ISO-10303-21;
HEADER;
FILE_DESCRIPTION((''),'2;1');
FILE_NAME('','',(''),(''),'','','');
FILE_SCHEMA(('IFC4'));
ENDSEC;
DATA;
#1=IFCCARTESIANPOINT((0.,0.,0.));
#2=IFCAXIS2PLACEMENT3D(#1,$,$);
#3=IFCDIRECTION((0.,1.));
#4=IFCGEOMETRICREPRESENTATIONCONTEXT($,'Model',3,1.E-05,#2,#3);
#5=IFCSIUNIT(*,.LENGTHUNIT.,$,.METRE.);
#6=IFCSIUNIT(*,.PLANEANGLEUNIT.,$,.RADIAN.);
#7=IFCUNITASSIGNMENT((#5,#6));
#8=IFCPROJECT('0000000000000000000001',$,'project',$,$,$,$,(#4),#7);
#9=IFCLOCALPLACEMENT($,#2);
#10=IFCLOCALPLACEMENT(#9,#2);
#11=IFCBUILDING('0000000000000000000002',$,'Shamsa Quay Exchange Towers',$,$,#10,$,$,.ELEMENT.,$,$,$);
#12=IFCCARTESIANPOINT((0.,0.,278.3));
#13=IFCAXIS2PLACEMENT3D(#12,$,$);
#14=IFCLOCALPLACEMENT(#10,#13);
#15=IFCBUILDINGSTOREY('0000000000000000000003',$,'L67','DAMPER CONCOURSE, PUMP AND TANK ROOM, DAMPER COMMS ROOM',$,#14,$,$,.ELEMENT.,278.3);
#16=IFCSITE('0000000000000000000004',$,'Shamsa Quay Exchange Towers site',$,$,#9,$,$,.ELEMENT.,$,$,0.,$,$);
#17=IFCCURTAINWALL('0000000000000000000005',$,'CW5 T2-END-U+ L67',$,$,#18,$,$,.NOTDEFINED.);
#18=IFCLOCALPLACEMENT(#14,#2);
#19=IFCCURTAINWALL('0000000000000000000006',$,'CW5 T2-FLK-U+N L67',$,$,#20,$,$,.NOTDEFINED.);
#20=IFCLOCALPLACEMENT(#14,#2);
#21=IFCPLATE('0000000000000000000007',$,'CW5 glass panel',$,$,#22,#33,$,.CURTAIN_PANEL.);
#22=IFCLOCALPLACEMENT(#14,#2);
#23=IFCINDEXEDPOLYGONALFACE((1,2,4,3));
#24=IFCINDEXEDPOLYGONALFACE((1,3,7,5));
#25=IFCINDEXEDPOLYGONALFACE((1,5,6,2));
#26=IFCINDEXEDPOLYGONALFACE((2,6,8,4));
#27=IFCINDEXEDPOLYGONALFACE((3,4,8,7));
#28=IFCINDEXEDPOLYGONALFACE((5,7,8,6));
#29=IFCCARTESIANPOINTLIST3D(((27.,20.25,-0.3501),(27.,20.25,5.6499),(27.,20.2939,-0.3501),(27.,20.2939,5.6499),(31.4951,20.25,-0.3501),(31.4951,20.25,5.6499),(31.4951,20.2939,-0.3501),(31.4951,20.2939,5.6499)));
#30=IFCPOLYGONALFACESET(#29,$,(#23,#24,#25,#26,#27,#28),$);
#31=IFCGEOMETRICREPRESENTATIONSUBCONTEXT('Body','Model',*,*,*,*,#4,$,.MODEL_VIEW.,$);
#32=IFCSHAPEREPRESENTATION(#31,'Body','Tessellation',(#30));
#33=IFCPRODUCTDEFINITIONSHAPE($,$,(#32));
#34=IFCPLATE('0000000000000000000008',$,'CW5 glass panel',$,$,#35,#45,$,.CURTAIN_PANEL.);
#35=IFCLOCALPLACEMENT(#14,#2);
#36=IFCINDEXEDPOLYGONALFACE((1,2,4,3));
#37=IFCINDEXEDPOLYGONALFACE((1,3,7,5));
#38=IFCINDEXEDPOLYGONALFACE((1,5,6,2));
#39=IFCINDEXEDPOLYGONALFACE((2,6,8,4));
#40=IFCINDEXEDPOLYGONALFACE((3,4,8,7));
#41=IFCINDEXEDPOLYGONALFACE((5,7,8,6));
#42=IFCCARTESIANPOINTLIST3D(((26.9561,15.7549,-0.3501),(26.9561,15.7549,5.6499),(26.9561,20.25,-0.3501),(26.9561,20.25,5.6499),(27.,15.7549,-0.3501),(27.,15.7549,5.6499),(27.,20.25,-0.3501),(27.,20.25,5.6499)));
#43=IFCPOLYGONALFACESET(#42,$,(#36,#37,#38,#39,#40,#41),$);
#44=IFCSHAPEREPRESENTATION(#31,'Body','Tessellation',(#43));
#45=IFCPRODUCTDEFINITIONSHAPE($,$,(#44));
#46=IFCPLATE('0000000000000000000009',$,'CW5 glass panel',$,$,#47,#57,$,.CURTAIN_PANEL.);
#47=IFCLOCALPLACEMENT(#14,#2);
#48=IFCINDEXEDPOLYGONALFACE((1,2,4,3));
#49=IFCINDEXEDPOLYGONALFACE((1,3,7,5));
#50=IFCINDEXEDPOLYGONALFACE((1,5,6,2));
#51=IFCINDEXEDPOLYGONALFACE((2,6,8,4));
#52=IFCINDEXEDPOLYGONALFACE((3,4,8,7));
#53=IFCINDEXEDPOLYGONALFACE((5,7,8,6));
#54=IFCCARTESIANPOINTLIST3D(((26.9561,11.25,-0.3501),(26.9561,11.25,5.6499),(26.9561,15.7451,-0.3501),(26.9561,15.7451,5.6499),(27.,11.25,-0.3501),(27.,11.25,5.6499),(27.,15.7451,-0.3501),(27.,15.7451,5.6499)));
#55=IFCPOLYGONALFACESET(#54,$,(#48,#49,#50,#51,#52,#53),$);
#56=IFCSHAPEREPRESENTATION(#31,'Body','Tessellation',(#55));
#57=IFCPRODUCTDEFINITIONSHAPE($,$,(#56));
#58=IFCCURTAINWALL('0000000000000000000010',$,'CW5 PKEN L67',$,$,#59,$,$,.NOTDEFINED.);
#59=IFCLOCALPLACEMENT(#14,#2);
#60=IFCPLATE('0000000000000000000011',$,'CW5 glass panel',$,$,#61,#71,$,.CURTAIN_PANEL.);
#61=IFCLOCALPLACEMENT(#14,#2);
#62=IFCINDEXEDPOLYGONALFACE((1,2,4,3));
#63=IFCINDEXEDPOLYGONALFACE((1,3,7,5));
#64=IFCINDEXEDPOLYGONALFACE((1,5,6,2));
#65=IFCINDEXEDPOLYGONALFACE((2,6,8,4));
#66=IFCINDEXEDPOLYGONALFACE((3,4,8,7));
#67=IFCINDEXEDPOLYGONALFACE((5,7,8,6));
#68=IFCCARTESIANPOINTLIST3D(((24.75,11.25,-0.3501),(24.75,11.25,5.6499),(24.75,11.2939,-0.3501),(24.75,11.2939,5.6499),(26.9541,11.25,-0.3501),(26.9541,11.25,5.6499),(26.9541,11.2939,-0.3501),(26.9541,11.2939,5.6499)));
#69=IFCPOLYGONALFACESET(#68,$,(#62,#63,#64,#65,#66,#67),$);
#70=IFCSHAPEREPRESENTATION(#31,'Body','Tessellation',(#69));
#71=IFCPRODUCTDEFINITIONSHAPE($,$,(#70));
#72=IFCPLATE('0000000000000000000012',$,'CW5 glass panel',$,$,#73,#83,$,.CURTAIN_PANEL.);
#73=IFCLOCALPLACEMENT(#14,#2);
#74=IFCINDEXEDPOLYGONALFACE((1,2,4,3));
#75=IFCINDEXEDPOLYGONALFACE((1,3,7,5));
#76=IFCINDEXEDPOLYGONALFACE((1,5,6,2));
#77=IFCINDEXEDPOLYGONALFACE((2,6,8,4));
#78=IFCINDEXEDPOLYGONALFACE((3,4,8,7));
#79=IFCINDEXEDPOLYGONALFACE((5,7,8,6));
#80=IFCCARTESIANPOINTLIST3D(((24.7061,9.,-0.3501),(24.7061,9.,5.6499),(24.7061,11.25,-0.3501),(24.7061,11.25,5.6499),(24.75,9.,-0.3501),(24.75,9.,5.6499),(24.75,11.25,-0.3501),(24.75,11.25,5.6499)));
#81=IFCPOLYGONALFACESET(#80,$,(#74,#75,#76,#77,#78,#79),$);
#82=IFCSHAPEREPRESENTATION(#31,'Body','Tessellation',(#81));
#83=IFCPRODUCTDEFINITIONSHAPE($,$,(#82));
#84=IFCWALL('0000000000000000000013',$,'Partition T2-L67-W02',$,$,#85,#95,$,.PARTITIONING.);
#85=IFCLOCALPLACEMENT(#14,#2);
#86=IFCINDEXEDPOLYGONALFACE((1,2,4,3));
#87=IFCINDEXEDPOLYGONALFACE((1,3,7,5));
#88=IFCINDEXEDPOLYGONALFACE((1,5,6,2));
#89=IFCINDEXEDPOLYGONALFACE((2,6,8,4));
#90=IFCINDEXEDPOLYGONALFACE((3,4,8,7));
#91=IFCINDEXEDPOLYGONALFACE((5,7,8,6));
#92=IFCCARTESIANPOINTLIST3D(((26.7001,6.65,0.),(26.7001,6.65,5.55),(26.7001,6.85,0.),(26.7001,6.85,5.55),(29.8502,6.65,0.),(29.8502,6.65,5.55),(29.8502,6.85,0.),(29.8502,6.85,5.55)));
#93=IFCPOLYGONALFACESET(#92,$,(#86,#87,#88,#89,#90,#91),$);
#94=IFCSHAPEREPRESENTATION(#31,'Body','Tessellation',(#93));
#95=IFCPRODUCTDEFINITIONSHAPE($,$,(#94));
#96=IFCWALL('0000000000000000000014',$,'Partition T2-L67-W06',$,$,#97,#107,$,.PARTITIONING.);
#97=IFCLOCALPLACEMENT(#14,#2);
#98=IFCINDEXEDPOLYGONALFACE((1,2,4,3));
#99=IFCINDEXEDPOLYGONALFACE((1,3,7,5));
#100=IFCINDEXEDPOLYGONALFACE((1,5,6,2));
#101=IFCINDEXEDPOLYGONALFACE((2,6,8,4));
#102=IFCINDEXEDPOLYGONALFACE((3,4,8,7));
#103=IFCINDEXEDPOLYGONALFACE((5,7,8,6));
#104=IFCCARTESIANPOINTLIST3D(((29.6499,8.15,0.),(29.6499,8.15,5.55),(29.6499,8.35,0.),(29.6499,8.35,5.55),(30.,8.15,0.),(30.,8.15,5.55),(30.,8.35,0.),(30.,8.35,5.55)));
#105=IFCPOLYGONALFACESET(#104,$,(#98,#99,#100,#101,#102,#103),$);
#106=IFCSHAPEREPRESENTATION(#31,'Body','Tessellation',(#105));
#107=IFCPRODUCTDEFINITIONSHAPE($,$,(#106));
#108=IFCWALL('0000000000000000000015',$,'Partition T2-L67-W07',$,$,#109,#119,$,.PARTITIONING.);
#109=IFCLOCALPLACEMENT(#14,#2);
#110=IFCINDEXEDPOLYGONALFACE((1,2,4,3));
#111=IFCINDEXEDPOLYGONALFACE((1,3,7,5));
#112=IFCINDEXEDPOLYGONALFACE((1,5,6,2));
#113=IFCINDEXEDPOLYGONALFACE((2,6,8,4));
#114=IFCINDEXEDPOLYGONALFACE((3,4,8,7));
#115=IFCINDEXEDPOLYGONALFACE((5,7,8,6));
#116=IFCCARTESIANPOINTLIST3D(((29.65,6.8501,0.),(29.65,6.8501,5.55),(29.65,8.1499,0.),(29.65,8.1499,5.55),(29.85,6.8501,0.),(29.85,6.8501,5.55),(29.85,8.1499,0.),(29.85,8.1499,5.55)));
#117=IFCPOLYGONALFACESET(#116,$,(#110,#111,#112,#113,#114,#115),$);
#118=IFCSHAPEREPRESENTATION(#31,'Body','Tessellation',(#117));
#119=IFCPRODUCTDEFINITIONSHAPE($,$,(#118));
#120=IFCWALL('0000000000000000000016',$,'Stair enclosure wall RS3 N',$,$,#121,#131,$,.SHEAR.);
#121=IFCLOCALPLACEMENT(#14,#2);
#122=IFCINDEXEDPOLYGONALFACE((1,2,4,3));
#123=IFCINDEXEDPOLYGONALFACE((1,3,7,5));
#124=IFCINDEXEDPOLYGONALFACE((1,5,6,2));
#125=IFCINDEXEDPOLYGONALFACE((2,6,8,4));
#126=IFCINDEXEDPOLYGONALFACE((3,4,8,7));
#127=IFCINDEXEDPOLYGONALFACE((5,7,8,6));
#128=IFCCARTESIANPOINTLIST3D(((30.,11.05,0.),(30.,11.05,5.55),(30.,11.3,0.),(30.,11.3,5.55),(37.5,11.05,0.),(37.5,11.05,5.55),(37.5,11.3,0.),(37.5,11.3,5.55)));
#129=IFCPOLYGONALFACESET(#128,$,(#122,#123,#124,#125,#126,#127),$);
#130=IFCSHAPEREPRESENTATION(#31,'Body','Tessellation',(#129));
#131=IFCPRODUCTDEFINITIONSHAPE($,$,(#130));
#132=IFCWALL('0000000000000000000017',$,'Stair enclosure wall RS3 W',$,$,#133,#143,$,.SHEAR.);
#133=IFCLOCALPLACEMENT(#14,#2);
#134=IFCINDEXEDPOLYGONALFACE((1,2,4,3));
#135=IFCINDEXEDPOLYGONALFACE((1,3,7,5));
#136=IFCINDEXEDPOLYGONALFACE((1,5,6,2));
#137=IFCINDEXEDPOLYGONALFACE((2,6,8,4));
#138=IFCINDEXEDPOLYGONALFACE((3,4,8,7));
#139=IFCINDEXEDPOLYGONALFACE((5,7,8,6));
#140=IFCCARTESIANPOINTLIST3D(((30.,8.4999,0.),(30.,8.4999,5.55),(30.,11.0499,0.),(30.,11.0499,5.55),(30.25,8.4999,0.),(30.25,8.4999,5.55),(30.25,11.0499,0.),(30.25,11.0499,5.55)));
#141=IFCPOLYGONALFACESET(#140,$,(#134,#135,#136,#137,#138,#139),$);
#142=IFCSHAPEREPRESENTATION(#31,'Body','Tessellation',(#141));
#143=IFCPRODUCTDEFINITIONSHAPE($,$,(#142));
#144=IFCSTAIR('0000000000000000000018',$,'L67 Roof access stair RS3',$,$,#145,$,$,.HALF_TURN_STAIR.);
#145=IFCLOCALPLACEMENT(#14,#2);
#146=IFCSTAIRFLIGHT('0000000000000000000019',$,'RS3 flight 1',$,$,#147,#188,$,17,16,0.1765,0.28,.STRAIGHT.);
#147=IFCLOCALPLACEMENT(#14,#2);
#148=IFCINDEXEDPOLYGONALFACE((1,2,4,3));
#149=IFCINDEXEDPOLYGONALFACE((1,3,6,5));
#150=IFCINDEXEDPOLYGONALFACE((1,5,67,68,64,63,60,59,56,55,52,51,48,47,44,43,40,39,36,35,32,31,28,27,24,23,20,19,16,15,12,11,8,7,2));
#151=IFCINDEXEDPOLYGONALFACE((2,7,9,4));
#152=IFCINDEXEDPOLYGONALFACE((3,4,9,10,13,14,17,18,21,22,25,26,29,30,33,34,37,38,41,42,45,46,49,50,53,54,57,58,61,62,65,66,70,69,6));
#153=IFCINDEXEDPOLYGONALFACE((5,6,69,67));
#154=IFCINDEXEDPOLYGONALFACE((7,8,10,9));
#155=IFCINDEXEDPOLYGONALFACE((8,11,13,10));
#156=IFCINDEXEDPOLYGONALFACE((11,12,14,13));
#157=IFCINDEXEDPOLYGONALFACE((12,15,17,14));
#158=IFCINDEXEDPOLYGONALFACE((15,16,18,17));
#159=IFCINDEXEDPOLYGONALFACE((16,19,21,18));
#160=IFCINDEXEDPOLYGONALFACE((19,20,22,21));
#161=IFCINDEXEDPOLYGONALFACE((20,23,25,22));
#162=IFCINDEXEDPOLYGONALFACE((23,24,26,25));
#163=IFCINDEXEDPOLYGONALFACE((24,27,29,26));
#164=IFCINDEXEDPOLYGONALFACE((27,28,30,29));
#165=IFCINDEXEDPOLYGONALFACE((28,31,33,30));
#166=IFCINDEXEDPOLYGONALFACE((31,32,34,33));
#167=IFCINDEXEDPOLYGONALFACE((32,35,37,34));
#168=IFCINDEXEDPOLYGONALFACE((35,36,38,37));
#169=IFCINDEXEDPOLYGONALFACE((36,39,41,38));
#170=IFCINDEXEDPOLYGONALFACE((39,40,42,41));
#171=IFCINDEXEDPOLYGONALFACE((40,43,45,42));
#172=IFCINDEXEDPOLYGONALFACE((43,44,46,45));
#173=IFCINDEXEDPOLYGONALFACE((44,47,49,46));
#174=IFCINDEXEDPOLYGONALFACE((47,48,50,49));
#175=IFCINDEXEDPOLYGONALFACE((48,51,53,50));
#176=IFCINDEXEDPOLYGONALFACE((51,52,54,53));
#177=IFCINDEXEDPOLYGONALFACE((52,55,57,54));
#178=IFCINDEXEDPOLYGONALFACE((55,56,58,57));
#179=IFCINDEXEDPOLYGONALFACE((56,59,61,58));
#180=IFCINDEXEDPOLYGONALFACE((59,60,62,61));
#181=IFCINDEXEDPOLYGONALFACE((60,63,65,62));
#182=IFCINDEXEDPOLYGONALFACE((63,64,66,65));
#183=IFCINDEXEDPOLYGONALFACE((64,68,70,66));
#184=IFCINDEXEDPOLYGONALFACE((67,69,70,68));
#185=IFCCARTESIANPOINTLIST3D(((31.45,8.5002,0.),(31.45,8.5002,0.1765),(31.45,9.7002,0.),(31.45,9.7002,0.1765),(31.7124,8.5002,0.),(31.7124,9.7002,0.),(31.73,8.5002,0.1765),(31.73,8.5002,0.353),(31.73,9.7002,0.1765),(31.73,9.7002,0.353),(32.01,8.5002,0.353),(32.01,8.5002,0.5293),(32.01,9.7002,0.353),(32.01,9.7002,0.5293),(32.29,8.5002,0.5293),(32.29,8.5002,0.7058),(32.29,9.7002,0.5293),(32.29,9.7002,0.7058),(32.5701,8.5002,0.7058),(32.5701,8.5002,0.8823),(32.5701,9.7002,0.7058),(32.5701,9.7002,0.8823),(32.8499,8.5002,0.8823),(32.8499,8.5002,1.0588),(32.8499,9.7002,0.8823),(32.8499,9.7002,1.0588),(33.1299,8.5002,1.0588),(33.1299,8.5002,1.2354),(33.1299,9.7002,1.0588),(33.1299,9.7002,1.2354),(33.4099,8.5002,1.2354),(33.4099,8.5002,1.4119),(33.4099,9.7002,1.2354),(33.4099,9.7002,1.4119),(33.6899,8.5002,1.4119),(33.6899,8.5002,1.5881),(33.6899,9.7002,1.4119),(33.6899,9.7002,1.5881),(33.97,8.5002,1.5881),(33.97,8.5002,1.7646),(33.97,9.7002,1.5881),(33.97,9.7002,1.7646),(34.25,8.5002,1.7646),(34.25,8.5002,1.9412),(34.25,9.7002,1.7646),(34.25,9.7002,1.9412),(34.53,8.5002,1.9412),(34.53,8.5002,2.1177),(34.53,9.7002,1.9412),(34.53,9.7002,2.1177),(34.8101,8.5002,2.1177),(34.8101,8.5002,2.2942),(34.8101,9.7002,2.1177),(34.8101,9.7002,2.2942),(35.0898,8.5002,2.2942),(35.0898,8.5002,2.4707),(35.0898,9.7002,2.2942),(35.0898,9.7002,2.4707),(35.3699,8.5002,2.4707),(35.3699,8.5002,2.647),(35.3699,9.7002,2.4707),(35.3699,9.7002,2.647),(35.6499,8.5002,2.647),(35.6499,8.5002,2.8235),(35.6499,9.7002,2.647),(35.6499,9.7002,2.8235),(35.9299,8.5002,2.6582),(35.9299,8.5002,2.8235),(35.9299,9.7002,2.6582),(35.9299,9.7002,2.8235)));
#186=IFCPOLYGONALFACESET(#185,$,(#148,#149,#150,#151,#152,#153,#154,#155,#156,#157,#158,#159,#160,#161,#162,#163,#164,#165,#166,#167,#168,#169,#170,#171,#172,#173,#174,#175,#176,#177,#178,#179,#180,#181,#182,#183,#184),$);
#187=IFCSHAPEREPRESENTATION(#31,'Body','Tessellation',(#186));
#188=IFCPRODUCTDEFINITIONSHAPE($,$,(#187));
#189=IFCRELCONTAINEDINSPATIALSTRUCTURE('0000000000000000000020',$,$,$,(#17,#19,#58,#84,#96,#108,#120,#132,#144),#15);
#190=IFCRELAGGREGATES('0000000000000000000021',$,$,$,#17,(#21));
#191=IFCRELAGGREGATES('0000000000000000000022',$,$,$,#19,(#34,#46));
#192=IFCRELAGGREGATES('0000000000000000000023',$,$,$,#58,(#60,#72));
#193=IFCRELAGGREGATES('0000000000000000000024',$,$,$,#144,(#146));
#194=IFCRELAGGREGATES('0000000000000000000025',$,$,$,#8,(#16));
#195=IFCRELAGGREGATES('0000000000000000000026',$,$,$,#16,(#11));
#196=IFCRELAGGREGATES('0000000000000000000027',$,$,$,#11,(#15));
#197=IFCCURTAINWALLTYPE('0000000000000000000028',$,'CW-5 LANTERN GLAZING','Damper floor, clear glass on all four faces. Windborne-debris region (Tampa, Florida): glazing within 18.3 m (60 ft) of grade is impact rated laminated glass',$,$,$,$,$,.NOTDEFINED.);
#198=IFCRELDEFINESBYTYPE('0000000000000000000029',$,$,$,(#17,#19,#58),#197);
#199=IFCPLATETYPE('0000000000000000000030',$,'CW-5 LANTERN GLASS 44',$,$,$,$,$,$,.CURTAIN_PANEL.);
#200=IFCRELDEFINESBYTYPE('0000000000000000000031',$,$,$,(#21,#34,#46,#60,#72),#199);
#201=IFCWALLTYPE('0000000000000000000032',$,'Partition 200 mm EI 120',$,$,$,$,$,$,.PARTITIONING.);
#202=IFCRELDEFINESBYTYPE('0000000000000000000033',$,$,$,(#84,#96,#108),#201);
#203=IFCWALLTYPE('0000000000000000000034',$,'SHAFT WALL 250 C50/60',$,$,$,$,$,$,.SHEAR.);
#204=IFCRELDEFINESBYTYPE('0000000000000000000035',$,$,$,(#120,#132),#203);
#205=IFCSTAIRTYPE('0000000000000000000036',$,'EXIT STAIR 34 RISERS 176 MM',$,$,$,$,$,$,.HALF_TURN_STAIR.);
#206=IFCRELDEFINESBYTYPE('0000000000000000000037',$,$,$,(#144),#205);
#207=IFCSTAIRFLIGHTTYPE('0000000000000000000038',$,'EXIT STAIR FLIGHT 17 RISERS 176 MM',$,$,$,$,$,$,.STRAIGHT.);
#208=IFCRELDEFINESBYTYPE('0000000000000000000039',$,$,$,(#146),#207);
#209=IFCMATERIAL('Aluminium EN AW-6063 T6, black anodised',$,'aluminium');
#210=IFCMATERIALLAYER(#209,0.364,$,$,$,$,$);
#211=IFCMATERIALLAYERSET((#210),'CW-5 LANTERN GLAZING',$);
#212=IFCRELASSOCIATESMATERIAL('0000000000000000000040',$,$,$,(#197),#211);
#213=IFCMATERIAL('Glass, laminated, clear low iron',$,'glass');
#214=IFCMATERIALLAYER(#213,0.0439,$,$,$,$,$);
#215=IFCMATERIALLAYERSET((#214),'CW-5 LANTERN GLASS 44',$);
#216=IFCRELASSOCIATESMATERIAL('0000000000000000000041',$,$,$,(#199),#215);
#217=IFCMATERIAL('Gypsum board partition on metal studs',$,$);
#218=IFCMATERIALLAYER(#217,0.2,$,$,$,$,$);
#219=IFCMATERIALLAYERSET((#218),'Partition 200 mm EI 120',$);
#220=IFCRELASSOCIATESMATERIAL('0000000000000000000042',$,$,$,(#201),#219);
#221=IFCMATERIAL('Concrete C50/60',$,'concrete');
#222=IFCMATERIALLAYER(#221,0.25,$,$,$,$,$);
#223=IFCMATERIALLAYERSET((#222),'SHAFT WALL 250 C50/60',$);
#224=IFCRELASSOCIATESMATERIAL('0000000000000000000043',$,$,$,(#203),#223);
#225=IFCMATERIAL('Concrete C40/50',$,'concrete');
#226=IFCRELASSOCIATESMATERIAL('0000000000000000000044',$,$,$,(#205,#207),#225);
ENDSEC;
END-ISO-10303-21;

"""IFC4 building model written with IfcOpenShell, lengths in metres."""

from ifc_helpers import new_model, si_unit, direction, frame, frame_2d, origin, origin_2d, place, context, subcontext, project, spatial, polyline, rectangle, outline, extrude, material, layer, layer_set, type_object, element, aggregate, save


model = new_model("IFC4")

# Units and contexts
model_context = context("Model", 3, precision=1e-05, world=origin(), true_north=direction((0.0, 1.0)))
body_context = subcontext(model_context, "Body", "Model", "MODEL_VIEW")
ifc_project = project(units=[si_unit("LENGTHUNIT", "METRE"), si_unit("PLANEANGLEUNIT", "RADIAN")], contexts=[model_context])

# Site, building, storey
site_placement = place(None, origin())
site = spatial("IfcSite", under=ifc_project, at=site_placement, Name="Shamsa Quay Exchange Towers site", CompositionType="ELEMENT", RefElevation=0.0)
building_placement = place(site_placement, origin())
building = spatial("IfcBuilding", under=site, at=building_placement, Name="Shamsa Quay Exchange Towers", CompositionType="ELEMENT")
storey_placement = place(building_placement, frame((0.0, 0.0, 278.3)))
storey = spatial("IfcBuildingStorey", under=building, at=storey_placement, Name="L67", Description="DAMPER CONCOURSE, PUMP AND TANK ROOM, DAMPER COMMS ROOM", CompositionType="ELEMENT", Elevation=278.3)

# Curtain walls
ifc_material_1 = material(Name="Aluminium EN AW-6063 T6, black anodised", Category="aluminium")
ifc_layer_1 = layer(ifc_material_1, 0.364)
ifc_layer_set_1 = layer_set([ifc_layer_1], Name="CW-5 LANTERN GLAZING")
curtain_wall_type = type_object("IfcCurtainWallType", Name="CW-5 LANTERN GLAZING", Description="Damper floor, clear glass on all four faces. Windborne-debris region (Tampa, Florida): glazing within 18.3 m (60 ft) of grade is impact rated laminated glass", PredefinedType="NOTDEFINED", material=ifc_layer_set_1)
curtain_wall_1_placement = place(storey_placement, origin())
curtain_wall_1 = element("IfcCurtainWall", 1, at=curtain_wall_1_placement, inside=storey, type_object=curtain_wall_type, Name="CW5 T2-END-U+ L67", PredefinedType="NOTDEFINED")
curtain_wall_2_placement = place(storey_placement, origin())
curtain_wall_2 = element("IfcCurtainWall", 2, at=curtain_wall_2_placement, inside=storey, type_object=curtain_wall_type, Name="CW5 T2-FLK-U+N L67", PredefinedType="NOTDEFINED")

# Plates
ifc_material_2 = material(Name="Glass, laminated, clear low iron", Category="glass")
ifc_layer_2 = layer(ifc_material_2, 0.0439)
ifc_layer_set_2 = layer_set([ifc_layer_2], Name="CW-5 LANTERN GLASS 44")
plate_type = type_object("IfcPlateType", Name="CW-5 LANTERN GLASS 44", PredefinedType="CURTAIN_PANEL", material=ifc_layer_set_2)
plate_1_placement = place(storey_placement, frame((29.2476, 20.272, -0.3501), z_axis=(0.0, 0.0, 1.0), x_axis=(-1.0, 0.0, 0.0)))
plate_1 = element("IfcPlate", 3, at=plate_1_placement, type_object=plate_type, Name="CW5 glass panel", PredefinedType="CURTAIN_PANEL", context=body_context, shape_type="SweptSolid", body=[
    extrude(rectangle(XDim=4.4951, YDim=0.0439, at=origin_2d()), origin(), (0.0, 0.0, 1.0), 6.0),
])
aggregate(curtain_wall_1, [plate_1])
plate_2_placement = place(storey_placement, frame((26.978, 18.0024, -0.3501), z_axis=(0.0, 0.0, 1.0), x_axis=(0.0, -1.0, 0.0)))
plate_2 = element("IfcPlate", 4, at=plate_2_placement, type_object=plate_type, Name="CW5 glass panel", PredefinedType="CURTAIN_PANEL", context=body_context, shape_type="SweptSolid", body=[
    extrude(rectangle(XDim=4.4951, YDim=0.0439, at=origin_2d()), origin(), (0.0, 0.0, 1.0), 6.0),
])
plate_3_placement = place(storey_placement, frame((26.978, 13.4976, -0.3501), z_axis=(0.0, 0.0, 1.0), x_axis=(0.0, -1.0, 0.0)))
plate_3 = element("IfcPlate", 5, at=plate_3_placement, type_object=plate_type, Name="CW5 glass panel", PredefinedType="CURTAIN_PANEL", context=body_context, shape_type="SweptSolid", body=[
    extrude(rectangle(XDim=4.4951, YDim=0.0439, at=origin_2d()), origin(), (0.0, 0.0, 1.0), 6.0),
])
aggregate(curtain_wall_2, [plate_2, plate_3])

# Curtain wall, plates
curtain_wall_3_placement = place(storey_placement, origin())
curtain_wall_3 = element("IfcCurtainWall", 6, at=curtain_wall_3_placement, inside=storey, type_object=curtain_wall_type, Name="CW5 PKEN L67", PredefinedType="NOTDEFINED")
plate_4_placement = place(storey_placement, frame((25.8521, 11.272, -0.3501), z_axis=(0.0, 0.0, 1.0), x_axis=(-1.0, 0.0, 0.0)))
plate_4 = element("IfcPlate", 7, at=plate_4_placement, type_object=plate_type, Name="CW5 glass panel", PredefinedType="CURTAIN_PANEL", context=body_context, shape_type="SweptSolid", body=[
    extrude(rectangle(XDim=2.2041, YDim=0.0439, at=origin_2d()), origin(), (0.0, 0.0, 1.0), 6.0),
])
plate_5_placement = place(storey_placement, frame((24.728, 10.125, -0.3501), z_axis=(0.0, 0.0, 1.0), x_axis=(0.0, -1.0, 0.0)))
plate_5 = element("IfcPlate", 8, at=plate_5_placement, type_object=plate_type, Name="CW5 glass panel", PredefinedType="CURTAIN_PANEL", context=body_context, shape_type="SweptSolid", body=[
    extrude(rectangle(XDim=2.25, YDim=0.0439, at=origin_2d()), origin(), (0.0, 0.0, 1.0), 6.0),
])
aggregate(curtain_wall_3, [plate_4, plate_5])

# Walls
ifc_material_3 = material(Name="Gypsum board partition on metal studs")
ifc_layer_3 = layer(ifc_material_3, 0.2)
ifc_layer_set_3 = layer_set([ifc_layer_3], Name="Partition 200 mm EI 120")
wall_type_1 = type_object("IfcWallType", Name="Partition 200 mm EI 120", PredefinedType="PARTITIONING", material=ifc_layer_set_3)
wall_1_placement = place(storey_placement, frame((26.7, 6.75, 0.0)))
element("IfcWall", 9, at=wall_1_placement, inside=storey, type_object=wall_type_1, Name="Partition T2-L67-W02", PredefinedType="PARTITIONING", context=body_context, shape_type="SweptSolid", body=[
    extrude(rectangle(XDim=3.1501, YDim=0.2, at=frame_2d((1.5752, 0.0))), origin(), (0.0, 0.0, 1.0), 5.55),
])
wall_2_placement = place(storey_placement, frame((29.6499, 8.25, 0.0)))
element("IfcWall", 10, at=wall_2_placement, inside=storey, type_object=wall_type_1, Name="Partition T2-L67-W06", PredefinedType="PARTITIONING", context=body_context, shape_type="SweptSolid", body=[
    extrude(rectangle(XDim=0.3501, YDim=0.2, at=frame_2d((0.175, 0.0))), origin(), (0.0, 0.0, 1.0), 5.55),
])
wall_3_placement = place(storey_placement, frame((29.75, 6.8501, 0.0), z_axis=(0.0, 0.0, 1.0), x_axis=(0.0, 1.0, 0.0)))
element("IfcWall", 11, at=wall_3_placement, inside=storey, type_object=wall_type_1, Name="Partition T2-L67-W07", PredefinedType="PARTITIONING", context=body_context, shape_type="SweptSolid", body=[
    extrude(rectangle(XDim=1.2998, YDim=0.2, at=frame_2d((0.6499, 0.0))), origin(), (0.0, 0.0, 1.0), 5.55),
])
ifc_material_4 = material(Name="Concrete C50/60", Category="concrete")
ifc_layer_4 = layer(ifc_material_4, 0.25)
ifc_layer_set_4 = layer_set([ifc_layer_4], Name="SHAFT WALL 250 C50/60")
wall_type_2 = type_object("IfcWallType", Name="SHAFT WALL 250 C50/60", PredefinedType="SHEAR", material=ifc_layer_set_4)
wall_4_placement = place(storey_placement, frame((30.0, 11.175, 0.0)))
element("IfcWall", 12, at=wall_4_placement, inside=storey, type_object=wall_type_2, Name="Stair enclosure wall RS3 N", PredefinedType="SHEAR", context=body_context, shape_type="SweptSolid", body=[
    extrude(rectangle(XDim=7.5, YDim=0.25, at=frame_2d((3.75, 0.0))), origin(), (0.0, 0.0, 1.0), 5.55),
])
wall_5_placement = place(storey_placement, frame((30.125, 8.5, 0.0), z_axis=(0.0, 0.0, 1.0), x_axis=(0.0, 1.0, 0.0)))
element("IfcWall", 13, at=wall_5_placement, inside=storey, type_object=wall_type_2, Name="Stair enclosure wall RS3 W", PredefinedType="SHEAR", context=body_context, shape_type="SweptSolid", body=[
    extrude(rectangle(XDim=2.55, YDim=0.25, at=frame_2d((1.2749, 0.0))), origin(), (0.0, 0.0, 1.0), 5.55),
])

# Stair, stair flight
ifc_material_5 = material(Name="Concrete C40/50", Category="concrete")
stair_type = type_object("IfcStairType", Name="EXIT STAIR 34 RISERS 176 MM", PredefinedType="HALF_TURN_STAIR", material=ifc_material_5)
stair_placement = place(storey_placement, origin())
stair = element("IfcStair", 14, at=stair_placement, inside=storey, type_object=stair_type, Name="L67 Roof access stair RS3", PredefinedType="HALF_TURN_STAIR")
stair_flight_type = type_object("IfcStairFlightType", Name="EXIT STAIR FLIGHT 17 RISERS 176 MM", PredefinedType="STRAIGHT", material=ifc_material_5)
stair_flight_placement = place(storey_placement, frame((31.45, 9.1001, 0.0)))
stair_flight = element("IfcStairFlight", 15, at=stair_flight_placement, type_object=stair_flight_type, Name="RS3 flight 1", NumberOfRisers=17, NumberOfTreads=16, PredefinedType="STRAIGHT", RiserHeight=0.1765, TreadLength=0.28, context=body_context, shape_type="SweptSolid", body=[
    extrude(outline(polyline([(0.0, 0.0), (0.0, 0.1765), (0.28, 0.1765), (0.28, 0.353), (0.5601, 0.353), (0.5601, 0.5293), (0.8401, 0.5293), (0.8401, 0.7058), (1.1201, 0.7058), (1.1201, 0.8823), (1.3999, 0.8823), (1.3999, 1.0588), (1.6799, 1.0588), (1.6799, 1.2354), (1.96, 1.2354), (1.96, 1.4119), (2.24, 1.4119), (2.24, 1.5881), (2.52, 1.5881), (2.52, 1.7646), (2.8, 1.7646), (2.8, 1.9412), (3.0801, 1.9412), (3.0801, 2.1177), (3.3601, 2.1177), (3.3601, 2.2942), (3.6399, 2.2942), (3.6399, 2.4707), (3.9199, 2.4707), (3.9199, 2.647), (4.2, 2.647), (4.2, 2.8235), (4.48, 2.8235), (4.48, 3.0), (4.48, 2.6582), (0.2625, 0.0), (0.0, 0.0)])), frame((0.0, 0.6001, 0.0), z_axis=(0.0, -1.0, 0.0), x_axis=(1.0, 0.0, 0.0)), (0.0, 0.0, 1.0), 1.2),
])
aggregate(stair, [stair_flight])

save(model, "model.ifc")
